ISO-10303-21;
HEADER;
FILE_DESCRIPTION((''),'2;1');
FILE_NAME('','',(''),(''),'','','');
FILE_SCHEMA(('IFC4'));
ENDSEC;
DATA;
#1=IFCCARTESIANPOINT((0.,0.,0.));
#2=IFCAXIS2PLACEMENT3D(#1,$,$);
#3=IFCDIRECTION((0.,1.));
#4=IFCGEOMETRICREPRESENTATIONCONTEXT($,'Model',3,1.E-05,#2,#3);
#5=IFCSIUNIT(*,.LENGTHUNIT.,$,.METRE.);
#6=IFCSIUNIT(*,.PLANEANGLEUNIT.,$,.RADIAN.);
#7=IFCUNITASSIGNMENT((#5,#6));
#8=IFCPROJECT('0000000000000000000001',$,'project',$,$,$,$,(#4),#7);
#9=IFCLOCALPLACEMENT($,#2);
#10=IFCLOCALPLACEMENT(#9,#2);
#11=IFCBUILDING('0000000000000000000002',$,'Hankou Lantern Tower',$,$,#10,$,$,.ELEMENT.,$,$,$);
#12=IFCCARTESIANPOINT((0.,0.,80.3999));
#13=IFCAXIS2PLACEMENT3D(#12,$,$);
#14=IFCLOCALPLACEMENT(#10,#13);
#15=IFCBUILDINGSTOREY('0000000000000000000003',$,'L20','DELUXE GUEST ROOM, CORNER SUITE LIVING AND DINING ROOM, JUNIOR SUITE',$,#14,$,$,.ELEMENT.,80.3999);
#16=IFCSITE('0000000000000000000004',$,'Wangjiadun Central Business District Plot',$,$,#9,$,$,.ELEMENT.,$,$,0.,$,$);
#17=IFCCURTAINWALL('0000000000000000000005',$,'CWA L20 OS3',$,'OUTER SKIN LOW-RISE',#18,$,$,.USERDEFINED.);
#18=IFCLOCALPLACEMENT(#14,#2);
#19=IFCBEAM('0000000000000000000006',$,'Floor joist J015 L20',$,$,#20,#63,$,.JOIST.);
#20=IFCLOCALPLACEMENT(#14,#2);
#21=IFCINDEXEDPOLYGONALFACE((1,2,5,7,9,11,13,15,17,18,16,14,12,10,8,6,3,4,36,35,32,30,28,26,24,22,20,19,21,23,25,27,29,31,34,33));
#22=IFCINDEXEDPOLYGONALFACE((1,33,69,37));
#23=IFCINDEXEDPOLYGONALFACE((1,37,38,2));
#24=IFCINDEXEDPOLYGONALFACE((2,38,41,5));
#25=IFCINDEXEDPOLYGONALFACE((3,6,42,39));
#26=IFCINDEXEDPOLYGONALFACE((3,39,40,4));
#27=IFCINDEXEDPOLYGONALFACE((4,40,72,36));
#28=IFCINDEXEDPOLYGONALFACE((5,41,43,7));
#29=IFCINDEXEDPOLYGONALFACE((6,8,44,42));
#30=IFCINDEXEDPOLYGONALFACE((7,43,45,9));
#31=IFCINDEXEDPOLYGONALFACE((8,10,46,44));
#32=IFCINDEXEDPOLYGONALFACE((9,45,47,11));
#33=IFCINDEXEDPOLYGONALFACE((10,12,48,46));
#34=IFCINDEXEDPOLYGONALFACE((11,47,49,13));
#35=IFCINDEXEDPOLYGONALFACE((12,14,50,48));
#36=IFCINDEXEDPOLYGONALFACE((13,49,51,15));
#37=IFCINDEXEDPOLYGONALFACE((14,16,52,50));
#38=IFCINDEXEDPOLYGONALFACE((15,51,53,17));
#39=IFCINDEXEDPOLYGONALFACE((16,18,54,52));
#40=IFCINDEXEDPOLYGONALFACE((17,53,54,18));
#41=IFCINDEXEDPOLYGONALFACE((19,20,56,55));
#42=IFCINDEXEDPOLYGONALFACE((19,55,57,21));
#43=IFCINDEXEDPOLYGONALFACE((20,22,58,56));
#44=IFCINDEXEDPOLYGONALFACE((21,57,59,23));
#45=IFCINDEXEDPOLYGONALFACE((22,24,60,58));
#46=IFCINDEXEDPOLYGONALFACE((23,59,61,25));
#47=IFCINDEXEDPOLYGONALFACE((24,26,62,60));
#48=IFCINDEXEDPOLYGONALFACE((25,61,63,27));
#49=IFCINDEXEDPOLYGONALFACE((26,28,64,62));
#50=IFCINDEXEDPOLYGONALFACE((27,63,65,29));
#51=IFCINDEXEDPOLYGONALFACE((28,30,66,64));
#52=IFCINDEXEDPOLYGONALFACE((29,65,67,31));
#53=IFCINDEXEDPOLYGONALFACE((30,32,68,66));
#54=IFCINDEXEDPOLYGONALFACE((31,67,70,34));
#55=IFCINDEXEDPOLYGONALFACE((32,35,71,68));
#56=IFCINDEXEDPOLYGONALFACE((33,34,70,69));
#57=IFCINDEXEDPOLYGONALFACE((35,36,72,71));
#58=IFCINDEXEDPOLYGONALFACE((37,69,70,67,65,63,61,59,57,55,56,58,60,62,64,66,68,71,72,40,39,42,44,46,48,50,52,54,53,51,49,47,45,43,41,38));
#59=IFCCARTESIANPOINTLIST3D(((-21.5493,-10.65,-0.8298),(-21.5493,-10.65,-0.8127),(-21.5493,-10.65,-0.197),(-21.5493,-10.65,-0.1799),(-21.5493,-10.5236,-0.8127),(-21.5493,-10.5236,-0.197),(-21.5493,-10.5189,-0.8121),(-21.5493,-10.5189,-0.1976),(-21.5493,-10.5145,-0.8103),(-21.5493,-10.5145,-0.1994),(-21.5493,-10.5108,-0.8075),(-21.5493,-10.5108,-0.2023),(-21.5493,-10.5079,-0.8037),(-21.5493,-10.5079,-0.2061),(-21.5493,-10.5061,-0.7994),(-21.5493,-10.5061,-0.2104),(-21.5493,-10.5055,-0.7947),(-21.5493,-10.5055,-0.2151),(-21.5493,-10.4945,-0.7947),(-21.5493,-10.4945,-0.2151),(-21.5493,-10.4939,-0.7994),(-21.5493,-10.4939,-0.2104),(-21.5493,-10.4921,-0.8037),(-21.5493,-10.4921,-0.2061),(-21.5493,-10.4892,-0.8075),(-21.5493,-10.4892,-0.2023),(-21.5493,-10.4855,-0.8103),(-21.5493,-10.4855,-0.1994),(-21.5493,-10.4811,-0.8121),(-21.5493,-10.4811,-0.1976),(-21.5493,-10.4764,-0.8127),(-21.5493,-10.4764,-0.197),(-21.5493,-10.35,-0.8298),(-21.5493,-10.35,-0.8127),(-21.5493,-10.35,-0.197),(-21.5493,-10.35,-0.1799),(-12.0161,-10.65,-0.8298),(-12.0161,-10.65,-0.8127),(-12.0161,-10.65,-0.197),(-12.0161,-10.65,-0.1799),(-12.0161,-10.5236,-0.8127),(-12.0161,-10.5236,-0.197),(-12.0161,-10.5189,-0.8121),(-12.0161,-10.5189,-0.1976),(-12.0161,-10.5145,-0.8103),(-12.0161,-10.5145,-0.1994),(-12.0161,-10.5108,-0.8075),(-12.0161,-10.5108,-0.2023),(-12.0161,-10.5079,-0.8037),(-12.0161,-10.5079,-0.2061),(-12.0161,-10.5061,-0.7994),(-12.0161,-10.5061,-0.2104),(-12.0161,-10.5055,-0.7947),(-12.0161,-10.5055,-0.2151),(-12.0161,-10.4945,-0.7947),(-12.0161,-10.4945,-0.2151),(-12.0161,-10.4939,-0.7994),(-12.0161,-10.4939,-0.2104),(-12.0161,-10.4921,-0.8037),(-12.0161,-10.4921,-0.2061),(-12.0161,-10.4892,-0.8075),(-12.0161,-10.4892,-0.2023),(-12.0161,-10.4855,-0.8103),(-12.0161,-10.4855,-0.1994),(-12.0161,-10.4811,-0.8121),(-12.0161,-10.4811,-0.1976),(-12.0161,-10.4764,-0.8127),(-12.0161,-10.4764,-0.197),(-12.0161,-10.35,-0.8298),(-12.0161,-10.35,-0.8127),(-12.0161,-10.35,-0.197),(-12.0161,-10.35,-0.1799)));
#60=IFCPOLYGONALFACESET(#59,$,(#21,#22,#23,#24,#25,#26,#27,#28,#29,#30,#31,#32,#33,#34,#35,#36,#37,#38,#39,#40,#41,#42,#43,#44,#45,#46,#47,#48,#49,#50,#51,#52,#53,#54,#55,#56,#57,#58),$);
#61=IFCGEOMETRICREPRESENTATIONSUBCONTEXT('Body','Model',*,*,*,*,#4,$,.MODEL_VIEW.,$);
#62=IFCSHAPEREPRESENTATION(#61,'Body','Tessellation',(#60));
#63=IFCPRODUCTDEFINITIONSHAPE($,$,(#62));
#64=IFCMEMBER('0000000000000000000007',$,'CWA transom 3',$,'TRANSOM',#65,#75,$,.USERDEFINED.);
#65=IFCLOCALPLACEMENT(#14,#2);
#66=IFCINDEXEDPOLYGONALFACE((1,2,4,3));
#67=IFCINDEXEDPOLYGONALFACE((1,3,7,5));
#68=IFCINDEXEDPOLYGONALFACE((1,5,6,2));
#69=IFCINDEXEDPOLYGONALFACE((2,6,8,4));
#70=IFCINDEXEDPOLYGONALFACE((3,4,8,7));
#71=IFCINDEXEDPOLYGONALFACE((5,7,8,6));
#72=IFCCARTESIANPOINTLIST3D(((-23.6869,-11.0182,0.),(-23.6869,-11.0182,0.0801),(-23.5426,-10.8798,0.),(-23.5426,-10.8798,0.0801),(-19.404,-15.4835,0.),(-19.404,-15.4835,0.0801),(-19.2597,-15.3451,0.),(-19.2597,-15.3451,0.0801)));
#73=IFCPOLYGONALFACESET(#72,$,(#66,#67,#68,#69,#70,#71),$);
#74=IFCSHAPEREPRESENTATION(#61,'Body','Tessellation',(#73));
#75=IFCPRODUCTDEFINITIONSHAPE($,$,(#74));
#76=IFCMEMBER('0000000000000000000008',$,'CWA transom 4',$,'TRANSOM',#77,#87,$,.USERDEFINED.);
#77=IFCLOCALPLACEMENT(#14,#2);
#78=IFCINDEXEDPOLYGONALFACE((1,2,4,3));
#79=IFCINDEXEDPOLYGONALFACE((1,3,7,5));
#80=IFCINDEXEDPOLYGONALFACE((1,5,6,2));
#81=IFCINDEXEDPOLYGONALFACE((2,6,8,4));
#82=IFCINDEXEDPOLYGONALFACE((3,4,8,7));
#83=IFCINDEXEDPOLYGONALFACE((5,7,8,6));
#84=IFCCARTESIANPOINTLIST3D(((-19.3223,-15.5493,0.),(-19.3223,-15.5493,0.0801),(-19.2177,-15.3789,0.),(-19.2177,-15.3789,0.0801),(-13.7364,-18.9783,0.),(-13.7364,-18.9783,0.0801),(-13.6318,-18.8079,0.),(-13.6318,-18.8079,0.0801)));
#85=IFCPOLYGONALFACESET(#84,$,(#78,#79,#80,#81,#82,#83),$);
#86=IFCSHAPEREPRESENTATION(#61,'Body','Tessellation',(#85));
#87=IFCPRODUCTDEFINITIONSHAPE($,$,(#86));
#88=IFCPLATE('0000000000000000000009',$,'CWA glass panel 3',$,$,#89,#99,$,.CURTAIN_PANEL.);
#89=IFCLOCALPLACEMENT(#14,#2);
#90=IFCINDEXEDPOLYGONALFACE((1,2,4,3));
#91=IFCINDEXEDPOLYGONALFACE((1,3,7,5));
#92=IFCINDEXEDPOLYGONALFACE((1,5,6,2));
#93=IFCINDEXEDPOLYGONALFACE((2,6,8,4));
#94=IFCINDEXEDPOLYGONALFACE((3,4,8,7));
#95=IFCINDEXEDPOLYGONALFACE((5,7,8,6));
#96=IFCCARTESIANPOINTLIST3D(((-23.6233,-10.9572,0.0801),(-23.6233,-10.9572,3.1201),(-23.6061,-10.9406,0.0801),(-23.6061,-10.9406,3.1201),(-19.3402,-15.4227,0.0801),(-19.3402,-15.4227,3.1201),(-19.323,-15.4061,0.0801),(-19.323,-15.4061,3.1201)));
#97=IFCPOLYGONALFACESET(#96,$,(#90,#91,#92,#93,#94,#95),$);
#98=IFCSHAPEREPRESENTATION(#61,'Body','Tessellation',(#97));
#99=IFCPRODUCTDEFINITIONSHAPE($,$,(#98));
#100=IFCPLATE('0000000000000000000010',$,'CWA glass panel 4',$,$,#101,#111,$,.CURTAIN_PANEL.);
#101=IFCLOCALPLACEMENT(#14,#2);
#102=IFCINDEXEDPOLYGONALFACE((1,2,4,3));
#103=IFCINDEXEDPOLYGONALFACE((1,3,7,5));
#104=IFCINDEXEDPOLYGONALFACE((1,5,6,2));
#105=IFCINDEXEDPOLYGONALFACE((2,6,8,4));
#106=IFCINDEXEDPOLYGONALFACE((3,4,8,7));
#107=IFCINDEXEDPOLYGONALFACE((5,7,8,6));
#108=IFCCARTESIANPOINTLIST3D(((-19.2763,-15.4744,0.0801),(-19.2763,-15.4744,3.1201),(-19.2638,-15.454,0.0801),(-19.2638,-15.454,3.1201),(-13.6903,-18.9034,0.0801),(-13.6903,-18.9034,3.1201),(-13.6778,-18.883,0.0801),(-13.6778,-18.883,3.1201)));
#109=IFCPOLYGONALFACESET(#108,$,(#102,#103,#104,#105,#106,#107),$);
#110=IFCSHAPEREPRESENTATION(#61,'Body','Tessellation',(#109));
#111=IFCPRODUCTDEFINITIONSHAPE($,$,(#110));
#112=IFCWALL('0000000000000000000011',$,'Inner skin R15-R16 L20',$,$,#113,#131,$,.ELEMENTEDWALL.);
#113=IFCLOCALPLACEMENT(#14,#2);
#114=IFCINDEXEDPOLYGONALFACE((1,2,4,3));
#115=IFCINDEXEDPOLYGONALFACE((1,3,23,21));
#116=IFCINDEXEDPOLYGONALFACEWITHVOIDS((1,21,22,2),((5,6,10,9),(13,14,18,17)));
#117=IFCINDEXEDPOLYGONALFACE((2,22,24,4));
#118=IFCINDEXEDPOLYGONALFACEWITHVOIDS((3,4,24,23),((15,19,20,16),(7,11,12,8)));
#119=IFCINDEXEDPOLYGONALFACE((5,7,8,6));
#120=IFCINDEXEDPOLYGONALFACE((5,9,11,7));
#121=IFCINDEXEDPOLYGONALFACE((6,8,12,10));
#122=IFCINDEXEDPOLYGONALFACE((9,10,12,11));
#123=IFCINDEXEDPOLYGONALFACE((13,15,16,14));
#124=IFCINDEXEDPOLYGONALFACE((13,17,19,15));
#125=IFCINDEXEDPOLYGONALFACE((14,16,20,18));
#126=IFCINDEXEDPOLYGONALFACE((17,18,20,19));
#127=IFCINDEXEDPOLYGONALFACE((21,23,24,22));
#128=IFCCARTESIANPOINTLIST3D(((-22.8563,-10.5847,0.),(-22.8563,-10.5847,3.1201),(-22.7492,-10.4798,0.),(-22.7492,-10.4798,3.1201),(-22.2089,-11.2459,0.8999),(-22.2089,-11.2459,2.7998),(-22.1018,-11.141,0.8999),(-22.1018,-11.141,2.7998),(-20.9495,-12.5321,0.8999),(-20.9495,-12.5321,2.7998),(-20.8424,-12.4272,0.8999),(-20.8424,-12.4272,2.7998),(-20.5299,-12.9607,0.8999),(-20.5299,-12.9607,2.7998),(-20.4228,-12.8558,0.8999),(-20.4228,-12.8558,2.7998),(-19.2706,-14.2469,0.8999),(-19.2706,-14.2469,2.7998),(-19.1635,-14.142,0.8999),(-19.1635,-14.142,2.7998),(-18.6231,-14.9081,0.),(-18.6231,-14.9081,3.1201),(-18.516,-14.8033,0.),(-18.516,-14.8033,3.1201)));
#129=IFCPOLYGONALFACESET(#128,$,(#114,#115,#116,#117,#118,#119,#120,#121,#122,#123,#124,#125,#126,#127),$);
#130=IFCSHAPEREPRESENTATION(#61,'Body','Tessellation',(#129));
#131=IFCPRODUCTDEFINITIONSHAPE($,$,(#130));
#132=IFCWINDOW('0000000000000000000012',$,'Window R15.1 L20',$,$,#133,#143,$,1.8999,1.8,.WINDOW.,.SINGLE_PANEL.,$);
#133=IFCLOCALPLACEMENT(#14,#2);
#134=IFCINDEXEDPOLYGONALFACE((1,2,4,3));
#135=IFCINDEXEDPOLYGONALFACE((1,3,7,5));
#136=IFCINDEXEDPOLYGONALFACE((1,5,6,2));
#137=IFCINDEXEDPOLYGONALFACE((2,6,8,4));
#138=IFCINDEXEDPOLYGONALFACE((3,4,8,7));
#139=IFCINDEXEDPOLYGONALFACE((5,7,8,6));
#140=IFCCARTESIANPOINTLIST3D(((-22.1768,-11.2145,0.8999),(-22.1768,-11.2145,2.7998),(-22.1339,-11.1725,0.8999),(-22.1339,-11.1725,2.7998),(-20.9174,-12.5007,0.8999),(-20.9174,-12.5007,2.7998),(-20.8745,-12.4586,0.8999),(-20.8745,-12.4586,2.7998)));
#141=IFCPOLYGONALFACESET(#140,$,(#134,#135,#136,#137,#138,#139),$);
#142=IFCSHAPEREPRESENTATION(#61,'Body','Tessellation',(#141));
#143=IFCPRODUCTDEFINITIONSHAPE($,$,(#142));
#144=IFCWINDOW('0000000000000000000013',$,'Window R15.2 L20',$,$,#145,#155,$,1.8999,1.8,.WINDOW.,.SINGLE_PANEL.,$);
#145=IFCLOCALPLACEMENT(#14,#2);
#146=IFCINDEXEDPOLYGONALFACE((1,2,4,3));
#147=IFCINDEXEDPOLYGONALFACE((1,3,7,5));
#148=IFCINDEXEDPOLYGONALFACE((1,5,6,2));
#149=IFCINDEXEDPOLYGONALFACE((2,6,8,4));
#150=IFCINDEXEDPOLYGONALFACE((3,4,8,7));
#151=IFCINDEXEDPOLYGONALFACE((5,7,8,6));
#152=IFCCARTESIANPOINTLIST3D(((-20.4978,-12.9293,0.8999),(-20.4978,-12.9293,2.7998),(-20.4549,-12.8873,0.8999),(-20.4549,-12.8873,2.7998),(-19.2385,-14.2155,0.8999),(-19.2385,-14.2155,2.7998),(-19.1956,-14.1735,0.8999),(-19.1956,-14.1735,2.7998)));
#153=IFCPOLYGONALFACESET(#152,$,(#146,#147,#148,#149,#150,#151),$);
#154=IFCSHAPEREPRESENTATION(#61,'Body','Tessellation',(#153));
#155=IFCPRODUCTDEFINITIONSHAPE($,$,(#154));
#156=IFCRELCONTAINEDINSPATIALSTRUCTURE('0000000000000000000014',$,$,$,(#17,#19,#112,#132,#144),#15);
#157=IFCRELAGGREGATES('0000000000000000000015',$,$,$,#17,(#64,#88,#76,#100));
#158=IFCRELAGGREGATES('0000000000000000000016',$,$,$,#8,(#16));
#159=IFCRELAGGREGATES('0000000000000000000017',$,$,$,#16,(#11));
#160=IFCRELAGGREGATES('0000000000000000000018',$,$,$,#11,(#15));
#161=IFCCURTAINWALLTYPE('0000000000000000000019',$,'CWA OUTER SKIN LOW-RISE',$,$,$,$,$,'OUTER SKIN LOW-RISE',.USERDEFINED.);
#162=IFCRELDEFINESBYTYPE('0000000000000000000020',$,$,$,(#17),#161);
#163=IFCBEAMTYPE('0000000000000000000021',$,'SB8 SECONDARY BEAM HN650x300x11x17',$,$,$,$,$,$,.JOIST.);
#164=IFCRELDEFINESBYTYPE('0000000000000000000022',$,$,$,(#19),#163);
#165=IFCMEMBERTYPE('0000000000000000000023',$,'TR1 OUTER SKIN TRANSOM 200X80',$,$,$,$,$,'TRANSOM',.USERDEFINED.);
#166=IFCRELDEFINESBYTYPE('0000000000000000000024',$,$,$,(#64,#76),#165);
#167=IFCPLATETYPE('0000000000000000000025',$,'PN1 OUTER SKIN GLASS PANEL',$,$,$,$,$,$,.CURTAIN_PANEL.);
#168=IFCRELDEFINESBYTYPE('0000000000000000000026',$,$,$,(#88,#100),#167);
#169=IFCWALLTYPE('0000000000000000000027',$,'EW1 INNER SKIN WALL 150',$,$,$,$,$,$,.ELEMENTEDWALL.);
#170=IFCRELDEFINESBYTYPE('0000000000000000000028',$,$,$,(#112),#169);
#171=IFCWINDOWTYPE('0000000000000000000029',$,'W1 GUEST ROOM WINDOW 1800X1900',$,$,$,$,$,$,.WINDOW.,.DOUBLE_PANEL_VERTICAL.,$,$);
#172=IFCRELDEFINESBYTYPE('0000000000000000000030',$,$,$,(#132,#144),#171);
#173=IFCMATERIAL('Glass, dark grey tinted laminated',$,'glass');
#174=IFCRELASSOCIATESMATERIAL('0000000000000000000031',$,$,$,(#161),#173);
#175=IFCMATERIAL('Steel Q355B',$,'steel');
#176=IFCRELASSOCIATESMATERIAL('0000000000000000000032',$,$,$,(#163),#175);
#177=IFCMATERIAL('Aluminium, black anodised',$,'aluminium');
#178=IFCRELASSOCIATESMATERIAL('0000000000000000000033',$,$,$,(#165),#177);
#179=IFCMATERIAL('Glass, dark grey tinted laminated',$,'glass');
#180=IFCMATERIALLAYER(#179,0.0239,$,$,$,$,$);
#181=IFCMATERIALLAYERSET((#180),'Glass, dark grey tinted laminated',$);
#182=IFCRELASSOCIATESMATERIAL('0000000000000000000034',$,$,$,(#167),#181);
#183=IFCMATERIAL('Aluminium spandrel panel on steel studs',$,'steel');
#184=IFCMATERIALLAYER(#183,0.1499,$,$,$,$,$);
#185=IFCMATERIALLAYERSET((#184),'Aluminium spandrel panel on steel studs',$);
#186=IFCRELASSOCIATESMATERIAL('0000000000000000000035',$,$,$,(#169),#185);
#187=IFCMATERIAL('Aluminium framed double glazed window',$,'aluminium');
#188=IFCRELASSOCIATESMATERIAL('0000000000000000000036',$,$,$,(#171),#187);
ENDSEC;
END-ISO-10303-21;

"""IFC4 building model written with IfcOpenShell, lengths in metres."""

from ifc_helpers import new_model, si_unit, direction, frame, frame_2d, origin, origin_2d, place, context, subcontext, project, spatial, rectangle, i_section, extrude, material, layer, layer_set, material_profile, profile_set, type_object, element, fill, aggregate, save


model = new_model("IFC4")

# Units and contexts
model_context = context("Model", 3, precision=1e-05, world=origin(), true_north=direction((0.0, 1.0)))
body_context = subcontext(model_context, "Body", "Model", "MODEL_VIEW")
ifc_project = project(units=[si_unit("LENGTHUNIT", "METRE"), si_unit("PLANEANGLEUNIT", "RADIAN")], contexts=[model_context])

# Site, building, storey
site_placement = place(None, origin())
site = spatial("IfcSite", under=ifc_project, at=site_placement, Name="Wangjiadun Central Business District Plot", CompositionType="ELEMENT", RefElevation=0.0)
building_placement = place(site_placement, origin())
building = spatial("IfcBuilding", under=site, at=building_placement, Name="Hankou Lantern Tower", CompositionType="ELEMENT")
storey_placement = place(building_placement, frame((0.0, 0.0, 80.3999)))
storey = spatial("IfcBuildingStorey", under=building, at=storey_placement, Name="L20", Description="DELUXE GUEST ROOM, CORNER SUITE LIVING AND DINING ROOM, JUNIOR SUITE", CompositionType="ELEMENT", Elevation=80.3999)

# Curtain wall
ifc_material_1 = material(Name="Glass, dark grey tinted laminated", Category="glass")
curtain_wall_type = type_object("IfcCurtainWallType", Name="CWA OUTER SKIN LOW-RISE", ElementType="OUTER SKIN LOW-RISE", PredefinedType="USERDEFINED", material=ifc_material_1)
curtain_wall_placement = place(storey_placement, origin())
curtain_wall = element("IfcCurtainWall", 1, at=curtain_wall_placement, inside=storey, type_object=curtain_wall_type, Name="CWA L20 OS3", ObjectType="OUTER SKIN LOW-RISE", PredefinedType="USERDEFINED")

# Beam
ifc_material_2 = material(Name="Steel Q355B", Category="steel")
ifc_material_profile_1 = material_profile(ifc_material_2, i_section(OverallWidth=0.3, OverallDepth=0.6499, WebThickness=0.011, FlangeThickness=0.0171, FilletRadius=0.0181, at=origin_2d()), Name="HN650x300x11x17")
ifc_profile_set_1 = profile_set([ifc_material_profile_1], Name="Steel Q355B")
beam_type_1 = type_object("IfcBeamType", Name="SB8 SECONDARY BEAM HN650x300x11x17", PredefinedType="JOIST", material=ifc_profile_set_1)
beam_1_placement = place(storey_placement, frame((-21.5493, -10.5, -0.5049), z_axis=(1.0, 0.0, 0.0), x_axis=(0.0, 1.0, 0.0)))
element("IfcBeam", 2, at=beam_1_placement, inside=storey, type_object=beam_type_1, Name="Floor joist J015 L20", PredefinedType="JOIST", context=body_context, shape_type="SweptSolid", body=[
    extrude(i_section(OverallWidth=0.3, OverallDepth=0.6499, WebThickness=0.011, FlangeThickness=0.0171, FilletRadius=0.0181, at=origin_2d()), origin(), (0.0, 0.0, 1.0), 9.5332),
])

# Members
ifc_material_3 = material(Name="Aluminium, black anodised", Category="aluminium")
ifc_material_profile_2 = material_profile(ifc_material_3, rectangle(XDim=0.2, YDim=0.0801, at=origin_2d()), Name="TR1 200X80")
ifc_profile_set_2 = profile_set([ifc_material_profile_2], Name="Aluminium, black anodised")
member_type_1 = type_object("IfcMemberType", Name="TR1 OUTER SKIN TRANSOM 200X80", ElementType="TRANSOM", PredefinedType="USERDEFINED", material=ifc_profile_set_2)
member_1_placement = place(storey_placement, frame((-23.6147, -10.949, 0.04), z_axis=(0.692216, -0.721691, 0.0), x_axis=(0.721691, 0.692216, 0.0)))
member_1 = element("IfcMember", 3, at=member_1_placement, type_object=member_type_1, Name="CWA transom 3", ObjectType="TRANSOM", PredefinedType="USERDEFINED", context=body_context, shape_type="SweptSolid", body=[
    extrude(rectangle(XDim=0.2, YDim=0.0801, at=origin_2d()), origin(), (0.0, 0.0, 1.0), 6.1873),
])
member_2_placement = place(storey_placement, frame((-19.27, -15.4641, 0.04), z_axis=(0.85224, -0.523152, 0.0), x_axis=(0.523152, 0.85224, 0.0)))
member_2 = element("IfcMember", 4, at=member_2_placement, type_object=member_type_1, Name="CWA transom 4", ObjectType="TRANSOM", PredefinedType="USERDEFINED", context=body_context, shape_type="SweptSolid", body=[
    extrude(rectangle(XDim=0.2, YDim=0.0801, at=origin_2d()), origin(), (0.0, 0.0, 1.0), 6.5544),
])

# Plates
ifc_material_4 = material(Name="Glass, dark grey tinted laminated", Category="glass")
ifc_layer_1 = layer(ifc_material_4, 0.0239)
ifc_layer_set_1 = layer_set([ifc_layer_1], Name="Glass, dark grey tinted laminated")
plate_type = type_object("IfcPlateType", Name="PN1 OUTER SKIN GLASS PANEL", PredefinedType="CURTAIN_PANEL", material=ifc_layer_set_1)
plate_1_placement = place(storey_placement, frame((-21.4731, -13.1816, 0.0801), z_axis=(0.0, 0.0, 1.0), x_axis=(0.692216, -0.721691, 0.0)))
plate_1 = element("IfcPlate", 5, at=plate_1_placement, type_object=plate_type, Name="CWA glass panel 3", PredefinedType="CURTAIN_PANEL", context=body_context, shape_type="SweptSolid", body=[
    extrude(rectangle(XDim=6.1875, YDim=0.0239, at=origin_2d()), origin(), (0.0, 0.0, 1.0), 3.04),
])
plate_2_placement = place(storey_placement, frame((-16.4771, -17.1787, 0.0801), z_axis=(0.0, 0.0, 1.0), x_axis=(0.852237, -0.523156, 0.0)))
plate_2 = element("IfcPlate", 6, at=plate_2_placement, type_object=plate_type, Name="CWA glass panel 4", PredefinedType="CURTAIN_PANEL", context=body_context, shape_type="SweptSolid", body=[
    extrude(rectangle(XDim=6.5544, YDim=0.0239, at=origin_2d()), origin(), (0.0, 0.0, 1.0), 3.04),
])
aggregate(curtain_wall, [member_1, plate_1, member_2, plate_2])

# Wall, openings, windows
ifc_material_5 = material(Name="Aluminium spandrel panel on steel studs", Category="steel")
ifc_layer_2 = layer(ifc_material_5, 0.1499)
ifc_layer_set_2 = layer_set([ifc_layer_2], Name="Aluminium spandrel panel on steel studs")
wall_type_1 = type_object("IfcWallType", Name="EW1 INNER SKIN WALL 150", PredefinedType="ELEMENTEDWALL", material=ifc_layer_set_2)
wall_1_placement = place(storey_placement, frame((-22.8027, -10.5322, 0.0), z_axis=(0.0, 0.0, 1.0), x_axis=(0.699603, -0.714532, 0.0)))
wall_1 = element("IfcWall", 7, at=wall_1_placement, inside=storey, type_object=wall_type_1, Name="Inner skin R15-R16 L20", PredefinedType="ELEMENTEDWALL", context=body_context, shape_type="SweptSolid", body=[
    extrude(rectangle(XDim=6.0508, YDim=0.1499, at=frame_2d((3.0254, 0.0))), origin(), (0.0, 0.0, 1.0), 3.1201),
])
opening_1_placement = place(wall_1_placement, frame((0.9255, 0.0, 0.8999)))
opening_1 = element("IfcOpeningElement", 8, at=opening_1_placement, cuts=wall_1, PredefinedType="OPENING", context=body_context, shape_type="SweptSolid", body=[
    extrude(rectangle(XDim=1.8, YDim=1.8999, at=frame_2d((0.8999, 0.95))), frame((0.0, 0.085, 0.0), z_axis=(0.0, -1.0, 0.0), x_axis=(1.0, 0.0, 0.0)), (0.0, 0.0, 1.0), 0.1699),
])
opening_2_placement = place(wall_1_placement, frame((3.3254, 0.0, 0.8999)))
opening_2 = element("IfcOpeningElement", 9, at=opening_2_placement, cuts=wall_1, PredefinedType="OPENING", context=body_context, shape_type="SweptSolid", body=[
    extrude(rectangle(XDim=1.8, YDim=1.8999, at=frame_2d((0.8999, 0.95))), frame((0.0, 0.085, 0.0), z_axis=(0.0, -1.0, 0.0), x_axis=(1.0, 0.0, 0.0)), (0.0, 0.0, 1.0), 0.1699),
])
ifc_material_6 = material(Name="Aluminium framed double glazed window", Category="aluminium")
window_type = type_object("IfcWindowType", Name="W1 GUEST ROOM WINDOW 1800X1900", PartitioningType="DOUBLE_PANEL_VERTICAL", PredefinedType="WINDOW", material=ifc_material_6)
window_1_placement = place(opening_1_placement, origin())
window_1 = element("IfcWindow", 10, at=window_1_placement, inside=storey, type_object=window_type, Name="Window R15.1 L20", OverallHeight=1.8999, OverallWidth=1.8, PartitioningType="SINGLE_PANEL", PredefinedType="WINDOW", context=body_context, shape_type="SweptSolid", body=[
    extrude(rectangle(XDim=1.8, YDim=1.8999, at=frame_2d((0.8999, 0.95))), frame((0.0, 0.03, 0.0), z_axis=(0.0, -1.0, 0.0), x_axis=(1.0, 0.0, 0.0)), (0.0, 0.0, 1.0), 0.0601),
])
fill(opening_1, window_1)
window_2_placement = place(opening_2_placement, origin())
window_2 = element("IfcWindow", 11, at=window_2_placement, inside=storey, type_object=window_type, Name="Window R15.2 L20", OverallHeight=1.8999, OverallWidth=1.8, PartitioningType="SINGLE_PANEL", PredefinedType="WINDOW", context=body_context, shape_type="SweptSolid", body=[
    extrude(rectangle(XDim=1.8, YDim=1.8999, at=frame_2d((0.8999, 0.95))), frame((0.0, 0.03, 0.0), z_axis=(0.0, -1.0, 0.0), x_axis=(1.0, 0.0, 0.0)), (0.0, 0.0, 1.0), 0.0601),
])
fill(opening_2, window_2)

save(model, "model.ifc")
